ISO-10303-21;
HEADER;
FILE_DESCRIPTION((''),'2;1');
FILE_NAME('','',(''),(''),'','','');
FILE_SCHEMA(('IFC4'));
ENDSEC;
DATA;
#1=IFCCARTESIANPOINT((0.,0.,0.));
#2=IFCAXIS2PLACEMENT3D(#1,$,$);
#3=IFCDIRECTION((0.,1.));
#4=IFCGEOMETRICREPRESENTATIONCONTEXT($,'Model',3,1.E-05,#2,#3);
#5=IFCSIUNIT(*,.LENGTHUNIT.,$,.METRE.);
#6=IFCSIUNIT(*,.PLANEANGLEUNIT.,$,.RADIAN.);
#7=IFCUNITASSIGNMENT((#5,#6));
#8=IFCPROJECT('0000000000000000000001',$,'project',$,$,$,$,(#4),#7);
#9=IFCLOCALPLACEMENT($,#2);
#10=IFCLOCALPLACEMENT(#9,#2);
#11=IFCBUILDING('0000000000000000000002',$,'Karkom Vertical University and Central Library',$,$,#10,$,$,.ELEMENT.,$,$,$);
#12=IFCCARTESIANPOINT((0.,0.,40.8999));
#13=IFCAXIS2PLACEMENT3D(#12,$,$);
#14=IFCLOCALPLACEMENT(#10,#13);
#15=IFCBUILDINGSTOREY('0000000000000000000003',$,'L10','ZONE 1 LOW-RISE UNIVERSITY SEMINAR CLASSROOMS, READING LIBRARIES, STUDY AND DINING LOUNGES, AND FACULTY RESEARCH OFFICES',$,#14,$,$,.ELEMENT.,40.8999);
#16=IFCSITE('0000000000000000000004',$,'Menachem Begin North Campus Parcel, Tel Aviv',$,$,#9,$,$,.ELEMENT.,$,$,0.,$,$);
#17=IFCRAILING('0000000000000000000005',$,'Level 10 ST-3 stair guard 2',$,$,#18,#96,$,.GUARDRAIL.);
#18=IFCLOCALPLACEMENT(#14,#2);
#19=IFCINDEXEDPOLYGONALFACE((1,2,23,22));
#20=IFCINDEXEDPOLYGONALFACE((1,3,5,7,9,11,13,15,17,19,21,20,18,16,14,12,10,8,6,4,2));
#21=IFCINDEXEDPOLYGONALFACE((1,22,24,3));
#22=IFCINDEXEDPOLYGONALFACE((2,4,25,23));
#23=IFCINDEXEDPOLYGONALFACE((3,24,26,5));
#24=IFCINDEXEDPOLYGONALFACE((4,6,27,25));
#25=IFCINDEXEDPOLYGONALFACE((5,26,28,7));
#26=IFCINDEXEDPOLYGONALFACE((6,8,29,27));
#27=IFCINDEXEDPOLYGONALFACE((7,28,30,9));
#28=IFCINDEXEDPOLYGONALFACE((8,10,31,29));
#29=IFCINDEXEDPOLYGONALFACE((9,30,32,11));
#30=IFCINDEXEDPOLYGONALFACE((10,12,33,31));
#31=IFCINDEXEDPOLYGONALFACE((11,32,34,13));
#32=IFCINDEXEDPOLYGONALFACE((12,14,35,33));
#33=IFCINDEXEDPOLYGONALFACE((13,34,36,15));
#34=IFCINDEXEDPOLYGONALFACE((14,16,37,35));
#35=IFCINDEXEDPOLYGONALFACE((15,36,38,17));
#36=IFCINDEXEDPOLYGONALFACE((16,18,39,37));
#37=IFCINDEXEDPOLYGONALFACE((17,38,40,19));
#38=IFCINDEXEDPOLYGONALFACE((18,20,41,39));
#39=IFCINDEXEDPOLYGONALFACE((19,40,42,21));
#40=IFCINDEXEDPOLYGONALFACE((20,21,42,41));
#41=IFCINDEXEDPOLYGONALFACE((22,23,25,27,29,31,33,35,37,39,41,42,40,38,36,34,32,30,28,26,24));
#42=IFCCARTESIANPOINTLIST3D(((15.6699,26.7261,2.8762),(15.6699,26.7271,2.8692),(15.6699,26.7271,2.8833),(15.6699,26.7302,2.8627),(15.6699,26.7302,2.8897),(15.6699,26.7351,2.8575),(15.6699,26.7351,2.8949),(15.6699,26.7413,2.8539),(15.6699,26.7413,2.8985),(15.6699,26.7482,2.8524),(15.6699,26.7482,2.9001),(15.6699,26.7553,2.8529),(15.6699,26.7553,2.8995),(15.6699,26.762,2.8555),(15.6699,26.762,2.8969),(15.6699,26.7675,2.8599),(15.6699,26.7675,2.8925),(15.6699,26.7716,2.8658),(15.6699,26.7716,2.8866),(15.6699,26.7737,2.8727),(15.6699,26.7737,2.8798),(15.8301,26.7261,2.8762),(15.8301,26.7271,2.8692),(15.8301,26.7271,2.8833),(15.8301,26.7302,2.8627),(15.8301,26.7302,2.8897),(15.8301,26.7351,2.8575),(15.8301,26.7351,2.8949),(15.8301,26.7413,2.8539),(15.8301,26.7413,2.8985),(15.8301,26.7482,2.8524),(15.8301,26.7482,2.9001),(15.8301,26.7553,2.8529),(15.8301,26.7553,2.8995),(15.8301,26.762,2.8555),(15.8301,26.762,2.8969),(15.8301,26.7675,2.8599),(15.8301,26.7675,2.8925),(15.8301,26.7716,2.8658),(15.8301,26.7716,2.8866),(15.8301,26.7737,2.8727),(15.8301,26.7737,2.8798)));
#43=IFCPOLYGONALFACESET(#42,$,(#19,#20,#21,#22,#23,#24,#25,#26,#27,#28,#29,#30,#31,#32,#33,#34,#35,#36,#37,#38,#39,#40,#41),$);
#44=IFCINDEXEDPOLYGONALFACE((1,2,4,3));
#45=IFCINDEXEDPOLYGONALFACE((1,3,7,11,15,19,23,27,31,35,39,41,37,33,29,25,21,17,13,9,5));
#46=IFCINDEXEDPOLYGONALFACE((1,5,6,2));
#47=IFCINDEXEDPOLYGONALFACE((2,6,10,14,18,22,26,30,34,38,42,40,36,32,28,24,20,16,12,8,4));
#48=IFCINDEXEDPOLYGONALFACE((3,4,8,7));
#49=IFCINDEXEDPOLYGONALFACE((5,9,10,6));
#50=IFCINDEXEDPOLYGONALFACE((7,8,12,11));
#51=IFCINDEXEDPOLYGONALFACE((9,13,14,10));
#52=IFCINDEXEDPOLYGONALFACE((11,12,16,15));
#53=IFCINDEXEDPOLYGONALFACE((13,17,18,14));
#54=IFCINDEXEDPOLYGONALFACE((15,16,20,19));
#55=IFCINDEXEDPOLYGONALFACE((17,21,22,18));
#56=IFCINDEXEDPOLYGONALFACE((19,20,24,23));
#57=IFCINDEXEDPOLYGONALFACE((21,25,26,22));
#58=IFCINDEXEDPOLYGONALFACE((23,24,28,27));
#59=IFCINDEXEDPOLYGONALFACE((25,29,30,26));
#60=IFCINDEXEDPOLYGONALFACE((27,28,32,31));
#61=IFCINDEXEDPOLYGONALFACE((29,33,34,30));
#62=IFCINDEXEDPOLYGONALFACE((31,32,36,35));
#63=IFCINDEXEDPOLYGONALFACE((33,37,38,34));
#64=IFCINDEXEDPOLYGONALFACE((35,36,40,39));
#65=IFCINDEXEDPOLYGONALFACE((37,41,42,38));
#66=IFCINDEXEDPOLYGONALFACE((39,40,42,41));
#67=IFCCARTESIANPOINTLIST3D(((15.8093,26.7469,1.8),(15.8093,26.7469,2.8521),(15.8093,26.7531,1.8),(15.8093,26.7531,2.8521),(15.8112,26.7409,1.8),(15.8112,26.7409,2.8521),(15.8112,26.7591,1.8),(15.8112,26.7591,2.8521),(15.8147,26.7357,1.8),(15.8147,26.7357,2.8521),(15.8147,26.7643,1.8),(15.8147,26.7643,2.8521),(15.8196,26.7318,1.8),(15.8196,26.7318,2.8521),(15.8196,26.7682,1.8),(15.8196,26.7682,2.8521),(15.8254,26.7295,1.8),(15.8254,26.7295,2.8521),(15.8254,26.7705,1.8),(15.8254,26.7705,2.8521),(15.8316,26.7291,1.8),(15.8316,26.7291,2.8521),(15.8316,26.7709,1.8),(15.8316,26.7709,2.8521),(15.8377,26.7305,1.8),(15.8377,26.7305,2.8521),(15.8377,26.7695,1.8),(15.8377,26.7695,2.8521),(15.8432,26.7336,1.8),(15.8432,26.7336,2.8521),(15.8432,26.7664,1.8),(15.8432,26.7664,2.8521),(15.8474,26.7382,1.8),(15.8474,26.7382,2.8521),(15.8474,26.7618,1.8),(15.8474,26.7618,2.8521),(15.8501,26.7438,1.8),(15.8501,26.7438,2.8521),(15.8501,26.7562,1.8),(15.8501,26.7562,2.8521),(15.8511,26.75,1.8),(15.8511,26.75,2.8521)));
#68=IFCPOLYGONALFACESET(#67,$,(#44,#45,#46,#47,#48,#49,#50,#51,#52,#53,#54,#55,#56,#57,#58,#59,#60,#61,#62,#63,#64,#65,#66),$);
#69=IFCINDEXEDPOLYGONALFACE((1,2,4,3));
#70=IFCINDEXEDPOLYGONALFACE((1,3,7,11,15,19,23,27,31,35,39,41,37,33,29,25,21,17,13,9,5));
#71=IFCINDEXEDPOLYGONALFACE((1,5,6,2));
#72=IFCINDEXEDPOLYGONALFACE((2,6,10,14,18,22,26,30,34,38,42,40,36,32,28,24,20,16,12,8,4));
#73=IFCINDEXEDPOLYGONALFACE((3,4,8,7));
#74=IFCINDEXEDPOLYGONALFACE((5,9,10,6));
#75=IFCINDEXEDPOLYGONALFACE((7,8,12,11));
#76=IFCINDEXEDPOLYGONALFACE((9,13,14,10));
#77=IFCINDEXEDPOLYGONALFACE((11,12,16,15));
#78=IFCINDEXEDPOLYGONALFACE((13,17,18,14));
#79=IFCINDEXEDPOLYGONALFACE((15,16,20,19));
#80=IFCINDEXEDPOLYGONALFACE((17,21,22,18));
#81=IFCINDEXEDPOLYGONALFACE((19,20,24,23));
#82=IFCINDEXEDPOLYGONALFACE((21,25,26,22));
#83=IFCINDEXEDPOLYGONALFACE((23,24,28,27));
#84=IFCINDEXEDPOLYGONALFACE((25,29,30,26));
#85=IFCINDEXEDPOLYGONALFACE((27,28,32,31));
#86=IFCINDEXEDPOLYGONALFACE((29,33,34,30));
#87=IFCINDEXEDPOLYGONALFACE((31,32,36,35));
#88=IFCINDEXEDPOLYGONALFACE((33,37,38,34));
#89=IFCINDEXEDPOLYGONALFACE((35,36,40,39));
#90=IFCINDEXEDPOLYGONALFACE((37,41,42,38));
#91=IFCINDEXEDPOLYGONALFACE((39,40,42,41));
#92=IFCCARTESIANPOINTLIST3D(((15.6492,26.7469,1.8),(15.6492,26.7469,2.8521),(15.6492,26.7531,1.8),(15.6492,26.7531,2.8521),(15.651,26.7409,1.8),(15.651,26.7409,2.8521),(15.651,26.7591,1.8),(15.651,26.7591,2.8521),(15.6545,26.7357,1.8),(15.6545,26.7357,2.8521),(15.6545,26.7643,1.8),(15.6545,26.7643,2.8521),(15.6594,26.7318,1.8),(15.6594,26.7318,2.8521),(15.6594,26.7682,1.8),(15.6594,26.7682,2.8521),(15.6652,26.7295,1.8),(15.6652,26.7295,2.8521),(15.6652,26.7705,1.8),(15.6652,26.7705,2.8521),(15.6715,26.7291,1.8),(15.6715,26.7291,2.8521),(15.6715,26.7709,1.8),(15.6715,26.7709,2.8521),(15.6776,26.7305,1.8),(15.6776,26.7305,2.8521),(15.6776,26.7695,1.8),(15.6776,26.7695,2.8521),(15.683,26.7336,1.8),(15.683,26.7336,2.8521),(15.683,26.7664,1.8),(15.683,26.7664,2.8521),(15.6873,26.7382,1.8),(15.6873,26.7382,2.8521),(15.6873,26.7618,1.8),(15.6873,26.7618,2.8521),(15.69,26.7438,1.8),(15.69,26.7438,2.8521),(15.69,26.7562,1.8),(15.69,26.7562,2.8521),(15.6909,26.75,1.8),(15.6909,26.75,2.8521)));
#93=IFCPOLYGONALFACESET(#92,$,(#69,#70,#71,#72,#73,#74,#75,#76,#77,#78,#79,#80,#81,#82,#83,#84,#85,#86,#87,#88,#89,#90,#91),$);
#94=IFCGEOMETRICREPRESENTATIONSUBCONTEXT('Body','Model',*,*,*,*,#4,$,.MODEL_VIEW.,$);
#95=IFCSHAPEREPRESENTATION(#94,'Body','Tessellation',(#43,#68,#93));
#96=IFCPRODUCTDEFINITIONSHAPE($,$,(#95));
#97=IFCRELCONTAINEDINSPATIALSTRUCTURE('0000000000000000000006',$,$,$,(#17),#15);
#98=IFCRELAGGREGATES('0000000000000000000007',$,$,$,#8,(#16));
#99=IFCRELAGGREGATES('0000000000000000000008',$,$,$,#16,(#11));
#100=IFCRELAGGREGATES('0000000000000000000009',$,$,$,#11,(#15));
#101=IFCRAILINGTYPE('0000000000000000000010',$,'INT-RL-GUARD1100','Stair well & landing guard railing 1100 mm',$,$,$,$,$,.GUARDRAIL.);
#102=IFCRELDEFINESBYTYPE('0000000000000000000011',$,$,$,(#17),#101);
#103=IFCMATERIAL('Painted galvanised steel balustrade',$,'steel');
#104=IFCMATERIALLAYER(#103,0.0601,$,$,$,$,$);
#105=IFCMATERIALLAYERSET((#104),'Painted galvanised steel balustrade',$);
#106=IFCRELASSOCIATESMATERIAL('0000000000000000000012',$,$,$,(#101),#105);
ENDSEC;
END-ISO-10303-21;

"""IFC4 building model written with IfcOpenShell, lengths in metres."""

from ifc_helpers import new_model, si_unit, direction, frame, origin, origin_2d, place, context, subcontext, project, spatial, circle, extrude, material, layer, layer_set, type_object, element, save


model = new_model("IFC4")

# Units and contexts
model_context = context("Model", 3, precision=1e-05, world=origin(), true_north=direction((0.0, 1.0)))
body_context = subcontext(model_context, "Body", "Model", "MODEL_VIEW")
ifc_project = project(units=[si_unit("LENGTHUNIT", "METRE"), si_unit("PLANEANGLEUNIT", "RADIAN")], contexts=[model_context])

# Site, building, storey
site_placement = place(None, origin())
site = spatial("IfcSite", under=ifc_project, at=site_placement, Name="Menachem Begin North Campus Parcel, Tel Aviv", CompositionType="ELEMENT", RefElevation=0.0)
building_placement = place(site_placement, origin())
building = spatial("IfcBuilding", under=site, at=building_placement, Name="Karkom Vertical University and Central Library", CompositionType="ELEMENT")
storey_placement = place(building_placement, frame((0.0, 0.0, 40.8999)))
storey = spatial("IfcBuildingStorey", under=building, at=storey_placement, Name="L10", Description="ZONE 1 LOW-RISE UNIVERSITY SEMINAR CLASSROOMS, READING LIBRARIES, STUDY AND DINING LOUNGES, AND FACULTY RESEARCH OFFICES", CompositionType="ELEMENT", Elevation=40.8999)

# Railing
ifc_material_1 = material(Name="Painted galvanised steel balustrade", Category="steel")
ifc_layer_1 = layer(ifc_material_1, 0.0601)
ifc_layer_set_1 = layer_set([ifc_layer_1], Name="Painted galvanised steel balustrade")
railing_type_1 = type_object("IfcRailingType", Name="INT-RL-GUARD1100", Description="Stair well & landing guard railing 1100 mm", PredefinedType="GUARDRAIL", material=ifc_layer_set_1)
railing_1_placement = place(storey_placement, frame((15.8301, 26.75, 1.8)))
element("IfcRailing", 1, at=railing_1_placement, inside=storey, type_object=railing_type_1, Name="Level 10 ST-3 stair guard 2", PredefinedType="GUARDRAIL", context=body_context, shape_type="SweptSolid", body=[
    extrude(circle(Radius=0.0239, at=origin_2d()), frame((0.0, 0.0, 1.0762), z_axis=(-1.0, 0.0, 0.0), x_axis=(0.0, -1.0, 0.0)), (0.0, 0.0, 1.0), 0.1602),
    extrude(circle(Radius=0.021, at=origin_2d()), origin(), (0.0, 0.0, 1.0), 1.052),
    extrude(circle(Radius=0.021, at=origin_2d()), frame((-0.1602, 0.0, 0.0)), (0.0, 0.0, 1.0), 1.052),
])

save(model, "model.ifc")
